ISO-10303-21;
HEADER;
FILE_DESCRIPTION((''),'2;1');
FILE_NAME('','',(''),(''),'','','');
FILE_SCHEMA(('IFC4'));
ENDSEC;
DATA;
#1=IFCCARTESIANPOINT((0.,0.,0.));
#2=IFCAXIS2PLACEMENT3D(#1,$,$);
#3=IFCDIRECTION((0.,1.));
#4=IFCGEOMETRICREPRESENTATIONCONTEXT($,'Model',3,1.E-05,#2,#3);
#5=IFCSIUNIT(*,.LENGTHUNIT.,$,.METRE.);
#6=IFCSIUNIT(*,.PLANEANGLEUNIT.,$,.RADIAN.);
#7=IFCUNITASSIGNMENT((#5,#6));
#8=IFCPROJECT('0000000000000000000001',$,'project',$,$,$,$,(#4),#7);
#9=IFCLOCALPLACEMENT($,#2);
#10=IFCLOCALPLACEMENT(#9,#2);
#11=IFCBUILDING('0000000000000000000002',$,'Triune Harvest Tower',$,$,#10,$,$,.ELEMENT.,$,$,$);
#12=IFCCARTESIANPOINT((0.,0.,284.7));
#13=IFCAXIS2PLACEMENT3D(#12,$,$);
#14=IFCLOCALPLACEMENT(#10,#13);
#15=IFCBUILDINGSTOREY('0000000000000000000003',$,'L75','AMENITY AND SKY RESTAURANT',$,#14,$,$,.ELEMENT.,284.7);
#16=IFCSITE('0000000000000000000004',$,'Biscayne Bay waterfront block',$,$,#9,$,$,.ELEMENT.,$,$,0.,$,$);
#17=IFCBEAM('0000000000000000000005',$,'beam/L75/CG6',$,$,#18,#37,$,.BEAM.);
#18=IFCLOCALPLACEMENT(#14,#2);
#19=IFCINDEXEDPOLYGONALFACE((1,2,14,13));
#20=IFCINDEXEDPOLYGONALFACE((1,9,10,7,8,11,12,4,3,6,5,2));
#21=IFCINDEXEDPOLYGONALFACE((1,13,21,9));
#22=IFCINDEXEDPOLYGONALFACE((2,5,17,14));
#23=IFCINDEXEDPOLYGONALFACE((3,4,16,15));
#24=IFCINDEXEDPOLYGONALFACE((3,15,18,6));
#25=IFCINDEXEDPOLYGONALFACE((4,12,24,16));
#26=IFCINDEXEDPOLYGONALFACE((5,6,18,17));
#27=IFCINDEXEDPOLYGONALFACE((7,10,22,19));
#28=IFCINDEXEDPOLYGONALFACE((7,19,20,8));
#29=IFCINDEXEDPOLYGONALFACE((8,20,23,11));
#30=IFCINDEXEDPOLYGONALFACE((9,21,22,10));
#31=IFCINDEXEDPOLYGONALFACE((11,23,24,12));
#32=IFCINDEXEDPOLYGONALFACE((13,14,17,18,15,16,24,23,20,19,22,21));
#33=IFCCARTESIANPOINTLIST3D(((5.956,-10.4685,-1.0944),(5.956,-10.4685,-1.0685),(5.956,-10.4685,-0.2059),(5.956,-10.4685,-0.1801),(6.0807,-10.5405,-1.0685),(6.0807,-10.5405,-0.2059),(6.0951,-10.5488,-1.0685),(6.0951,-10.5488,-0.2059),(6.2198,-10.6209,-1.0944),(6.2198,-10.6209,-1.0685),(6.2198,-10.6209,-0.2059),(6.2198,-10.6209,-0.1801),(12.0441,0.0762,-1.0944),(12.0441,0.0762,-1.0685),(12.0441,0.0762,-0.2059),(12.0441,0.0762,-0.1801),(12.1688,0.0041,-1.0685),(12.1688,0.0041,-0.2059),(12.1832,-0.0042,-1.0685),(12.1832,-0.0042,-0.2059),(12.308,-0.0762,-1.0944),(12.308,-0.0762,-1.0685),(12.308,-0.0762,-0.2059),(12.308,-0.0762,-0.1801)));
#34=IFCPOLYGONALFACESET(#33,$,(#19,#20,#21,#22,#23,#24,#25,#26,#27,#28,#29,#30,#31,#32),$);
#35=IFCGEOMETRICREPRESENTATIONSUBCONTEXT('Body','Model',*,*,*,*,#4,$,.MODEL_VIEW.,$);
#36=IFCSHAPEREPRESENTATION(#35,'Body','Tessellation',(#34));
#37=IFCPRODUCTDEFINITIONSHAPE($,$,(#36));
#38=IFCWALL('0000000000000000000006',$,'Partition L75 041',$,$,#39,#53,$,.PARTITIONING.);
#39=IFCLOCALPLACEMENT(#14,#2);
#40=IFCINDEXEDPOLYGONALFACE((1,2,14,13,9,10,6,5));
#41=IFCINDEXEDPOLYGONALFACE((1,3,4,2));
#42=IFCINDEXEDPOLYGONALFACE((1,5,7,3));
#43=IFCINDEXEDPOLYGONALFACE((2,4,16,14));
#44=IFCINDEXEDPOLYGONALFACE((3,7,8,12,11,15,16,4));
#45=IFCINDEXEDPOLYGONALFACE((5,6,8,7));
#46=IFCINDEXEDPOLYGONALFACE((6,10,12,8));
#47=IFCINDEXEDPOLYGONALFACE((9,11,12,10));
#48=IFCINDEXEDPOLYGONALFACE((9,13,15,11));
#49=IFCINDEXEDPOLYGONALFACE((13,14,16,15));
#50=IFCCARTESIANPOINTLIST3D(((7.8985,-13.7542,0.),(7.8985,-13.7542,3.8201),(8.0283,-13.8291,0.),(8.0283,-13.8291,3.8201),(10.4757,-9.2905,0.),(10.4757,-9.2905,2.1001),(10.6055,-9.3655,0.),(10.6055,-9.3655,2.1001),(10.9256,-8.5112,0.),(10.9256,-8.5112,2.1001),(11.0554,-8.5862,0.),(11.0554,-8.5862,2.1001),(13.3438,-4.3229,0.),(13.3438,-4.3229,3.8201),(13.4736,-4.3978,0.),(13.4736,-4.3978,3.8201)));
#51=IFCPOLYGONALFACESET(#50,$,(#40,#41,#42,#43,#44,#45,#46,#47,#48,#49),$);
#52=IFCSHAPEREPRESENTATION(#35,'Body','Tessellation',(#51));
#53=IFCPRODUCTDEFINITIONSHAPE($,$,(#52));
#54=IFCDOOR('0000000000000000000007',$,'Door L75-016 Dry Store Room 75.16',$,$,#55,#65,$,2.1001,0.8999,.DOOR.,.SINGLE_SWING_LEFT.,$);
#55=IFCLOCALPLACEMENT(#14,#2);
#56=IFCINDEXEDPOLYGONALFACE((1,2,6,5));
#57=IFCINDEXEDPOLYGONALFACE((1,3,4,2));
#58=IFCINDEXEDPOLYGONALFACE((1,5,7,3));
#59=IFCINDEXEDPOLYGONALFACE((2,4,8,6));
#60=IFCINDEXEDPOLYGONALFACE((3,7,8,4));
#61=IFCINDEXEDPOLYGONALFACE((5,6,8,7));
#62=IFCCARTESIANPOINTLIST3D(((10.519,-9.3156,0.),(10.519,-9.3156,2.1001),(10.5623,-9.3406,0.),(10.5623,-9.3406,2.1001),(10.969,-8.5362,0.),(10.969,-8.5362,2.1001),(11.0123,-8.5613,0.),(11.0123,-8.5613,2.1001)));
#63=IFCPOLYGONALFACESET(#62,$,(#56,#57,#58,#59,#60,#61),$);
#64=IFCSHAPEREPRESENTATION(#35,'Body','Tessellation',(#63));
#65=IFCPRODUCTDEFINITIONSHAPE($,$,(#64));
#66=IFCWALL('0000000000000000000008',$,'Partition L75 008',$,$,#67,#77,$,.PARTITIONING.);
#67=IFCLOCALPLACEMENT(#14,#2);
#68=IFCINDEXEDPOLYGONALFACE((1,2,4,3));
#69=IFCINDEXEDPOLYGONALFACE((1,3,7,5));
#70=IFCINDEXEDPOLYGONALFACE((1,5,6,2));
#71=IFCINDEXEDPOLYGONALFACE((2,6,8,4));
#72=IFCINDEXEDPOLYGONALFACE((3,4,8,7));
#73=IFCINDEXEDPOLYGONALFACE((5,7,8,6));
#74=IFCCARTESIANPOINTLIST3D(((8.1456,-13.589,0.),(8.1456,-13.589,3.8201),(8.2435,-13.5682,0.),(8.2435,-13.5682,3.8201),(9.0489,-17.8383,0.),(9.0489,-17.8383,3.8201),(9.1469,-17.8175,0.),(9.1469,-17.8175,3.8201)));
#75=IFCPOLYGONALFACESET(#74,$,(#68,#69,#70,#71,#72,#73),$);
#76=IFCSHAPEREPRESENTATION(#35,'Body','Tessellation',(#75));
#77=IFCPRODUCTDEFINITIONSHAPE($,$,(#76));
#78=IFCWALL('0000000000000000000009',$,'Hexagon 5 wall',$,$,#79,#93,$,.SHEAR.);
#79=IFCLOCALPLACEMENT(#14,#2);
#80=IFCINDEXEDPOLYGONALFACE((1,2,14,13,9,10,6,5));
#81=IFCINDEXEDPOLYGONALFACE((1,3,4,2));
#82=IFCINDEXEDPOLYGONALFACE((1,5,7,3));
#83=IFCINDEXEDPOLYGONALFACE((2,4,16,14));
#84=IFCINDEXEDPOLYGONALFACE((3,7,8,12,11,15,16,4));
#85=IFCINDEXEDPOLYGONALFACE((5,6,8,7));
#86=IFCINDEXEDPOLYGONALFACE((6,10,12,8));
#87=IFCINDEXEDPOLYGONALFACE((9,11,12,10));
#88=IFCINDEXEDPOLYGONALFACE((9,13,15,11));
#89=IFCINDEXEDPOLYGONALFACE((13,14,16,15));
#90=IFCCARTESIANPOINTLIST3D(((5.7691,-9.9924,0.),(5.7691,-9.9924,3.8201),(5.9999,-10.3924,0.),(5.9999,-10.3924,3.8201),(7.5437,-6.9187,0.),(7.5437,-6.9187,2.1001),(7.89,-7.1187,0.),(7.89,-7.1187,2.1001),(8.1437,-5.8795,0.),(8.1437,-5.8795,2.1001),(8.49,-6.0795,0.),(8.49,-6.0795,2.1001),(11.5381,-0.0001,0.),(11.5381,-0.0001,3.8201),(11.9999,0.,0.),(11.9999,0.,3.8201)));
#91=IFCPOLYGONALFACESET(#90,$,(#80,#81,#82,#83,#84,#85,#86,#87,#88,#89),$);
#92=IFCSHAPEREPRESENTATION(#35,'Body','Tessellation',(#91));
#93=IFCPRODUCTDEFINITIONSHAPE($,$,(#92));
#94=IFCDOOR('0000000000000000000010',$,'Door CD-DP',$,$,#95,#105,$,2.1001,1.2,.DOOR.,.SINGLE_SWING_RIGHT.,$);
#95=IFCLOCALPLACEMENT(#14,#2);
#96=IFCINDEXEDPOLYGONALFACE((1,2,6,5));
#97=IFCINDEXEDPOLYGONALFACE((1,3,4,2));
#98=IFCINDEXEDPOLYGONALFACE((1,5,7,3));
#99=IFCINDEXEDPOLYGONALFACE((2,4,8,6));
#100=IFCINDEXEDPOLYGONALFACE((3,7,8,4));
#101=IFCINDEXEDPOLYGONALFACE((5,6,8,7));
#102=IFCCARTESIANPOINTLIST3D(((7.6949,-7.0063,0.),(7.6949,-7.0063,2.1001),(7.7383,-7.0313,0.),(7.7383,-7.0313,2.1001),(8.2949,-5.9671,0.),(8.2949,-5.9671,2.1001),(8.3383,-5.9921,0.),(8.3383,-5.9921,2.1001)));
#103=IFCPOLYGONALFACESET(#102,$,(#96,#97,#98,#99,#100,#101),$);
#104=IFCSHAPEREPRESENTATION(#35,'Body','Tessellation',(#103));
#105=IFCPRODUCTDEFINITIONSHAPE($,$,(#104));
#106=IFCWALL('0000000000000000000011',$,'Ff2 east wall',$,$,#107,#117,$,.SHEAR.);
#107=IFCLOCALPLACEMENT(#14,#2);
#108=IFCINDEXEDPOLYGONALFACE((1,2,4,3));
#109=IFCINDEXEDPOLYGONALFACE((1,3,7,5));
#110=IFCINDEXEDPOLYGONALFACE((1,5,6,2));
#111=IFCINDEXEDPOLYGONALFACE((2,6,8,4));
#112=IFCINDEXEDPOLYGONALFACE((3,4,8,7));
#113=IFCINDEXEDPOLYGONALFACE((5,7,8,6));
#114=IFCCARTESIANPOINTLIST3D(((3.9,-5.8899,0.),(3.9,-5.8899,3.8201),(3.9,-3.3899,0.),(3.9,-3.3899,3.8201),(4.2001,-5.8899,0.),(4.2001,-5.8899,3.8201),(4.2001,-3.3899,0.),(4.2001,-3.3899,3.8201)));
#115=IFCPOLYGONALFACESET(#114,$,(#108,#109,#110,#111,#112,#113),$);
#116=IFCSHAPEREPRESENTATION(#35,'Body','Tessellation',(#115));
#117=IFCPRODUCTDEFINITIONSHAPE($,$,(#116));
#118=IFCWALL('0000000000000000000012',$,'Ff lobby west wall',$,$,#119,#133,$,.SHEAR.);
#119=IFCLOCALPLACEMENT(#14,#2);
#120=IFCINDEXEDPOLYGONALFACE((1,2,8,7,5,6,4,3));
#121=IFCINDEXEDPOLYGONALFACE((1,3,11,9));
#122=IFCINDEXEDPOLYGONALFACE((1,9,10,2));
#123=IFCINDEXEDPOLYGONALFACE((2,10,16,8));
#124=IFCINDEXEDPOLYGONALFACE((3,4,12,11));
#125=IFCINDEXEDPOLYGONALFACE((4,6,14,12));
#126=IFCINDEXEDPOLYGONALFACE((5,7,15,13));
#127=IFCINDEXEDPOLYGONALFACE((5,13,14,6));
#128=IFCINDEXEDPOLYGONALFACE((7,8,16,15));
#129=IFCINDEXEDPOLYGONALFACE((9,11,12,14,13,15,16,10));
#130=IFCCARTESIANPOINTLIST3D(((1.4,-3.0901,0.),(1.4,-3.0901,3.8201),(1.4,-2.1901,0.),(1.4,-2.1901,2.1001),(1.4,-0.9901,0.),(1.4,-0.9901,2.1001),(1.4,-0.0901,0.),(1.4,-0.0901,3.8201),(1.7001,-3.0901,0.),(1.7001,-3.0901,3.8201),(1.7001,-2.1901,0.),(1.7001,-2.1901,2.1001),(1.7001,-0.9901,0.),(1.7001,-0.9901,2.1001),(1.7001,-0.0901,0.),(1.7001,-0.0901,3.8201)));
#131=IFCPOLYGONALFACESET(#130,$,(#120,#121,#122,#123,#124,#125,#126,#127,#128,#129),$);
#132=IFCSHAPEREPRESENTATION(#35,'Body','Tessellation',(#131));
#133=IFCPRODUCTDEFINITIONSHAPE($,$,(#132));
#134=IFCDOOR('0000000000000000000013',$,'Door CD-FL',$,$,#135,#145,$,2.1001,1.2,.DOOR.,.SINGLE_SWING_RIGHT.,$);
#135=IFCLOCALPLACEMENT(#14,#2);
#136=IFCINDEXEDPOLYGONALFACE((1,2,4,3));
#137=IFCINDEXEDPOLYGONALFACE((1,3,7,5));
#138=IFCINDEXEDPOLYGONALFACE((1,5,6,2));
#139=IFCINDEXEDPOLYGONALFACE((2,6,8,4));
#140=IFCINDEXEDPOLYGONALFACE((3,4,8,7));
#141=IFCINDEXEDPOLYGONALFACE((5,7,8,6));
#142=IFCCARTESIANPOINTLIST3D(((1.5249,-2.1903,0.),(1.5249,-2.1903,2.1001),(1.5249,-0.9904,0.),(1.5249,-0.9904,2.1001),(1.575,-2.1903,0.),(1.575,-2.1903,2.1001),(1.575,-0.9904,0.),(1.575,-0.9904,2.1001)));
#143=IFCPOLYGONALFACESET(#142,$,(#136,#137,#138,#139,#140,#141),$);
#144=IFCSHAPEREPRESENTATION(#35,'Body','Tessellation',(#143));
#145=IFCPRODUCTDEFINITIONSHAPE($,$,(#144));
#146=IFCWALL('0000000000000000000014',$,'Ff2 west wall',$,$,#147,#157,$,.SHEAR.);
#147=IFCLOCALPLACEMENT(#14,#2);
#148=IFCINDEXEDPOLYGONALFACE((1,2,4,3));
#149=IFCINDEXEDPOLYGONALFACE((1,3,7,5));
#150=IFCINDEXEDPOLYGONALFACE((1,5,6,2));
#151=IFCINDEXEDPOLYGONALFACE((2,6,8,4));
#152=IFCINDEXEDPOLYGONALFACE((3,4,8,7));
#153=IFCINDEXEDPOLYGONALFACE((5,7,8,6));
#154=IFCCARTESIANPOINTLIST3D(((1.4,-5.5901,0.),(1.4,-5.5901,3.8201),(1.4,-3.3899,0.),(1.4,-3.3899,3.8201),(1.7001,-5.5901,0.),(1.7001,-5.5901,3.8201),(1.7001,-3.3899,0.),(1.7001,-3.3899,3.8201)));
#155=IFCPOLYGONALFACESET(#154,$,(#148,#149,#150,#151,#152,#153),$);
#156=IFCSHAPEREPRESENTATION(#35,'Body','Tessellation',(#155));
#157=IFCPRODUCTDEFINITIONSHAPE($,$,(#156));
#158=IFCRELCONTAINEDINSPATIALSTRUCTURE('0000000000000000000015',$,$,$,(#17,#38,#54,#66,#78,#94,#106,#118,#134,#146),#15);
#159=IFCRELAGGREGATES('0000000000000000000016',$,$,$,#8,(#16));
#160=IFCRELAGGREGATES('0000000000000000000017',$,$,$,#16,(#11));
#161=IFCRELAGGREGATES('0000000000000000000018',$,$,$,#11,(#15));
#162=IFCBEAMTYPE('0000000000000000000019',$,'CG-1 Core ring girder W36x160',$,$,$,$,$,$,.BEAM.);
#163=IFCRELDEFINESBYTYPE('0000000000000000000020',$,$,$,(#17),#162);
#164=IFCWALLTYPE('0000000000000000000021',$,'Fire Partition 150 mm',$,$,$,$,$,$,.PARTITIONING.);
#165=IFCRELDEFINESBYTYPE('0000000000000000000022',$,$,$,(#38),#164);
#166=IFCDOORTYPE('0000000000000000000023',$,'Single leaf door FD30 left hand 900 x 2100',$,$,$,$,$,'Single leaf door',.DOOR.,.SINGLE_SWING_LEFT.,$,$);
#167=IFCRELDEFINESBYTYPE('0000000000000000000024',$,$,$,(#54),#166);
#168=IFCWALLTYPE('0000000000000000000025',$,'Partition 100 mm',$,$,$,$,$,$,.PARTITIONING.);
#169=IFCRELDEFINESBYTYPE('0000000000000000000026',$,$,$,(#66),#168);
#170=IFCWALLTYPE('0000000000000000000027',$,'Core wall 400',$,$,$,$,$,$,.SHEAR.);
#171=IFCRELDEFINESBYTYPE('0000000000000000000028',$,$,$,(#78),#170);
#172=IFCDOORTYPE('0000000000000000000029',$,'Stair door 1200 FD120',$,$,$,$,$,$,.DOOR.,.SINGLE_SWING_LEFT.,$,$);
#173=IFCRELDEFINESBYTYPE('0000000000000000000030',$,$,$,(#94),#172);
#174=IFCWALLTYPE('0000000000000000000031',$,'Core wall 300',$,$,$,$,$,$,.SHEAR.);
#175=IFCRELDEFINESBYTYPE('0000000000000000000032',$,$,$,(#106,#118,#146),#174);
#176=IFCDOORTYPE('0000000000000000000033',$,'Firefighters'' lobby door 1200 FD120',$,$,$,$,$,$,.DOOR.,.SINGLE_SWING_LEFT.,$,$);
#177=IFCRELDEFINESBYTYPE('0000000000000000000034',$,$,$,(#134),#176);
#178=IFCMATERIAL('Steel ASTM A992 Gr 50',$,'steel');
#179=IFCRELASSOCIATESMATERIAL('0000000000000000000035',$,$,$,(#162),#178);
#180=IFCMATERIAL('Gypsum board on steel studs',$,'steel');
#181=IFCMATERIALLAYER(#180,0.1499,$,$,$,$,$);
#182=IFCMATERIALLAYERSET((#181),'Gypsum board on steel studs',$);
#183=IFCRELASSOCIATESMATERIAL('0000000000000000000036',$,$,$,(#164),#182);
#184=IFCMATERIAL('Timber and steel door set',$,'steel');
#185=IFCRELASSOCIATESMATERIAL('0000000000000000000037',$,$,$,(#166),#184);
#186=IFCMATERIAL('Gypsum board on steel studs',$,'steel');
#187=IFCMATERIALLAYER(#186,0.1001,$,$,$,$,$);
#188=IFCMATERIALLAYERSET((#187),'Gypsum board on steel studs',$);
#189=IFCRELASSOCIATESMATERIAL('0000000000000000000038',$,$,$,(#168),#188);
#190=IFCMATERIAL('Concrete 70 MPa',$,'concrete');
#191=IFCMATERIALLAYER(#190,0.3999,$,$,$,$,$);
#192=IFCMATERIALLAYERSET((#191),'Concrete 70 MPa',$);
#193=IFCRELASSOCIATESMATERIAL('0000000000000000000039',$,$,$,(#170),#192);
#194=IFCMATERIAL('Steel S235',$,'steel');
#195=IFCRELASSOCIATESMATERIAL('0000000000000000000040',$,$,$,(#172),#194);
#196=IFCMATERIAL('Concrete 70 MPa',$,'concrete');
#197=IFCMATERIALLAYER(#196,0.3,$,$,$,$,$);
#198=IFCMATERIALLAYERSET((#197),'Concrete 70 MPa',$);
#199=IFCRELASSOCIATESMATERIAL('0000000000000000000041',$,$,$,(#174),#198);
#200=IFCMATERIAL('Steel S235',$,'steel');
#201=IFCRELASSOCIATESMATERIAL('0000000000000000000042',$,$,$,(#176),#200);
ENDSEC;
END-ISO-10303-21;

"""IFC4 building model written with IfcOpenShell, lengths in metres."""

from ifc_helpers import new_model, si_unit, direction, frame, frame_2d, origin, origin_2d, place, context, subcontext, project, spatial, polyline, rectangle, i_section, outline, extrude, source, transform, mapped, material, layer, layer_set, material_profile, profile_set, type_object, element, fill, save


model = new_model("IFC4")

# Units and contexts
model_context = context("Model", 3, precision=1e-05, world=origin(), true_north=direction((0.0, 1.0)))
body_context = subcontext(model_context, "Body", "Model", "MODEL_VIEW")
ifc_project = project(units=[si_unit("LENGTHUNIT", "METRE"), si_unit("PLANEANGLEUNIT", "RADIAN")], contexts=[model_context])

# Site, building, storey
site_placement = place(None, origin())
site = spatial("IfcSite", under=ifc_project, at=site_placement, Name="Biscayne Bay waterfront block", CompositionType="ELEMENT", RefElevation=0.0)
building_placement = place(site_placement, origin())
building = spatial("IfcBuilding", under=site, at=building_placement, Name="Triune Harvest Tower", CompositionType="ELEMENT")
storey_placement = place(building_placement, frame((0.0, 0.0, 284.7)))
storey = spatial("IfcBuildingStorey", under=building, at=storey_placement, Name="L75", Description="AMENITY AND SKY RESTAURANT", CompositionType="ELEMENT", Elevation=284.7)

# Beam
ifc_material_1 = material(Name="Steel ASTM A992 Gr 50", Category="steel")
ifc_material_profile = material_profile(ifc_material_1, i_section(OverallWidth=0.3047, OverallDepth=0.9143, WebThickness=0.0166, FlangeThickness=0.0259, at=origin_2d()), Name="W36x160")
ifc_profile_set = profile_set([ifc_material_profile], Name="Steel ASTM A992 Gr 50")
beam_type = type_object("IfcBeamType", Name="CG-1 Core ring girder W36x160", PredefinedType="BEAM", material=ifc_profile_set)
shared_shape_1 = source(origin(), body_context, "Body", "SweptSolid", [
    extrude(i_section(OverallWidth=0.3047, OverallDepth=0.9143, WebThickness=0.0166, FlangeThickness=0.0259, at=origin_2d()), origin(), (0.0, 0.0, 1.0), 12.176),
])
beam_placement = place(storey_placement, frame((6.0879, -10.5447, -0.6372), z_axis=(0.50001, 0.86602, 0.0), x_axis=(-0.86602, 0.50001, 0.0)))
element("IfcBeam", 1, at=beam_placement, inside=storey, type_object=beam_type, Name="beam/L75/CG6", PredefinedType="BEAM", context=body_context, shape_type="MappedRepresentation", body=[
    mapped(shared_shape_1, transform((0.0, 0.0, 0.0), scale=1.0)),
])

# Wall, opening, door
ifc_material_2 = material(Name="Gypsum board on steel studs", Category="steel")
ifc_layer_1 = layer(ifc_material_2, 0.1499)
ifc_layer_set_1 = layer_set([ifc_layer_1], Name="Gypsum board on steel studs")
wall_type_1 = type_object("IfcWallType", Name="Fire Partition 150 mm", PredefinedType="PARTITIONING", material=ifc_layer_set_1)
wall_1_placement = place(storey_placement, frame((7.9634, -13.7917, 0.0), z_axis=(0.0, 0.0, 1.0), x_axis=(0.500006, 0.866022, 0.0)))
wall_1 = element("IfcWall", 2, at=wall_1_placement, inside=storey, type_object=wall_type_1, Name="Partition L75 041", PredefinedType="PARTITIONING", context=body_context, shape_type="SweptSolid", body=[
    extrude(rectangle(XDim=10.8904, YDim=0.1499, at=frame_2d((5.4453, 0.0))), origin(), (0.0, 0.0, 1.0), 3.8201),
])
opening_1_placement = place(wall_1_placement, frame((5.1543, 0.0, 0.0)))
opening_1 = element("IfcOpeningElement", 3, at=opening_1_placement, cuts=wall_1, PredefinedType="OPENING", context=body_context, shape_type="SweptSolid", body=[
    extrude(rectangle(XDim=0.8999, YDim=2.1001, at=frame_2d((0.45, 1.05))), frame((0.0, 0.085, 0.0), z_axis=(0.0, -1.0, 0.0), x_axis=(1.0, 0.0, 0.0)), (0.0, 0.0, 1.0), 0.1699),
])
ifc_material_3 = material(Name="Timber and steel door set", Category="steel")
door_type_1 = type_object("IfcDoorType", Name="Single leaf door FD30 left hand 900 x 2100", ElementType="Single leaf door", OperationType="SINGLE_SWING_LEFT", PredefinedType="DOOR", material=ifc_material_3)
door_1_placement = place(opening_1_placement, origin())
door_1 = element("IfcDoor", 4, at=door_1_placement, inside=storey, type_object=door_type_1, Name="Door L75-016 Dry Store Room 75.16", OperationType="SINGLE_SWING_LEFT", OverallHeight=2.1001, OverallWidth=0.8999, PredefinedType="DOOR", context=body_context, shape_type="SweptSolid", body=[
    extrude(rectangle(XDim=0.8999, YDim=2.1001, at=frame_2d((0.45, 1.05))), frame((0.0, 0.0249, 0.0), z_axis=(0.0, -1.0, 0.0), x_axis=(1.0, 0.0, 0.0)), (0.0, 0.0, 1.0), 0.05),
])
fill(opening_1, door_1)

# Wall
ifc_material_4 = material(Name="Gypsum board on steel studs", Category="steel")
ifc_layer_2 = layer(ifc_material_4, 0.1001)
ifc_layer_set_2 = layer_set([ifc_layer_2], Name="Gypsum board on steel studs")
wall_type_2 = type_object("IfcWallType", Name="Partition 100 mm", PredefinedType="PARTITIONING", material=ifc_layer_set_2)
wall_2_placement = place(storey_placement, frame((8.1946, -13.5786, 0.0), z_axis=(0.0, 0.0, 1.0), x_axis=(0.207936, -0.978142, 0.0)))
element("IfcWall", 5, at=wall_2_placement, inside=storey, type_object=wall_type_2, Name="Partition L75 008", PredefinedType="PARTITIONING", context=body_context, shape_type="SweptSolid", body=[
    extrude(rectangle(XDim=4.3442, YDim=0.1001, at=frame_2d((2.1721, 0.0))), origin(), (0.0, 0.0, 1.0), 3.8201),
])

# Wall, opening, door
ifc_material_5 = material(Name="Concrete 70 MPa", Category="concrete")
ifc_layer_3 = layer(ifc_material_5, 0.3999)
ifc_layer_set_3 = layer_set([ifc_layer_3], Name="Concrete 70 MPa")
wall_type_3 = type_object("IfcWallType", Name="Core wall 400", PredefinedType="SHEAR", material=ifc_layer_set_3)
shared_shape_2 = source(origin(), body_context, "Body", "SweptSolid", [
    extrude(outline(polyline([(-0.1155, -0.2), (11.8845, -0.2), (11.6536, 0.2), (0.1155, 0.2), (-0.1155, -0.2)])), origin(), (0.0, 0.0, 1.0), 3.8201),
])
wall_3_placement = place(storey_placement, frame((5.8845, -10.1924, 0.0), z_axis=(0.0, 0.0, 1.0), x_axis=(0.499997, 0.866027, 0.0)))
wall_3 = element("IfcWall", 6, at=wall_3_placement, inside=storey, type_object=wall_type_3, Name="Hexagon 5 wall", PredefinedType="SHEAR", context=body_context, shape_type="MappedRepresentation", body=[
    mapped(shared_shape_2, transform((0.0, 0.0, 0.0), scale=1.0)),
])
opening_2_placement = place(wall_3_placement, frame((3.6646, 0.0, 0.0)))
opening_2 = element("IfcOpeningElement", 7, at=opening_2_placement, cuts=wall_3, PredefinedType="OPENING", context=body_context, shape_type="SweptSolid", body=[
    extrude(rectangle(XDim=1.2, YDim=2.1001, at=frame_2d((0.6001, 1.05))), frame((0.0, 0.21, 0.0), z_axis=(0.0, -1.0, 0.0), x_axis=(1.0, 0.0, 0.0)), (0.0, 0.0, 1.0), 0.4199),
])
ifc_material_6 = material(Name="Steel S235", Category="steel")
door_type_2 = type_object("IfcDoorType", Name="Stair door 1200 FD120", OperationType="SINGLE_SWING_LEFT", PredefinedType="DOOR", material=ifc_material_6)
door_2_placement = place(opening_2_placement, frame((1.2, 0.0, 0.0), z_axis=(0.0, 0.0, 1.0), x_axis=(-1.0, 0.0, 0.0)))
door_2 = element("IfcDoor", 8, at=door_2_placement, inside=storey, type_object=door_type_2, Name="Door CD-DP", OperationType="SINGLE_SWING_RIGHT", OverallHeight=2.1001, OverallWidth=1.2, PredefinedType="DOOR", context=body_context, shape_type="SweptSolid", body=[
    extrude(rectangle(XDim=1.2, YDim=2.1001, at=frame_2d((0.6001, 1.05))), frame((0.0, 0.0249, 0.0), z_axis=(0.0, -1.0, 0.0), x_axis=(1.0, 0.0, 0.0)), (0.0, 0.0, 1.0), 0.05),
])
fill(opening_2, door_2)

# Wall
ifc_material_7 = material(Name="Concrete 70 MPa", Category="concrete")
ifc_layer_4 = layer(ifc_material_7, 0.3)
ifc_layer_set_4 = layer_set([ifc_layer_4], Name="Concrete 70 MPa")
wall_type_4 = type_object("IfcWallType", Name="Core wall 300", PredefinedType="SHEAR", material=ifc_layer_set_4)
shared_shape_3 = source(origin(), body_context, "Body", "SweptSolid", [
    extrude(rectangle(XDim=2.5, YDim=0.3, at=frame_2d((1.25, 0.0))), origin(), (0.0, 0.0, 1.0), 3.8201),
])
wall_4_placement = place(storey_placement, frame((4.05, -5.8899, 0.0), z_axis=(0.0, 0.0, 1.0), x_axis=(0.0, 1.0, 0.0)))
element("IfcWall", 9, at=wall_4_placement, inside=storey, type_object=wall_type_4, Name="Ff2 east wall", PredefinedType="SHEAR", context=body_context, shape_type="MappedRepresentation", body=[
    mapped(shared_shape_3, transform((0.0, 0.0, 0.0), scale=1.0)),
])

# Wall, opening, door
shared_shape_4 = source(origin(), body_context, "Body", "SweptSolid", [
    extrude(rectangle(XDim=3.0, YDim=0.3, at=frame_2d((1.5, 0.0))), origin(), (0.0, 0.0, 1.0), 3.8201),
])
wall_5_placement = place(storey_placement, frame((1.55, -3.0901, 0.0), z_axis=(0.0, 0.0, 1.0), x_axis=(0.0, 1.0, 0.0)))
wall_5 = element("IfcWall", 10, at=wall_5_placement, inside=storey, type_object=wall_type_4, Name="Ff lobby west wall", PredefinedType="SHEAR", context=body_context, shape_type="MappedRepresentation", body=[
    mapped(shared_shape_4, transform((0.0, 0.0, 0.0), scale=1.0)),
])
opening_3_placement = place(wall_5_placement, frame((0.8999, 0.0, 0.0)))
opening_3 = element("IfcOpeningElement", 11, at=opening_3_placement, cuts=wall_5, PredefinedType="OPENING", context=body_context, shape_type="SweptSolid", body=[
    extrude(rectangle(XDim=1.2, YDim=2.1001, at=frame_2d((0.6001, 1.05))), frame((0.0, 0.1602, 0.0), z_axis=(0.0, -1.0, 0.0), x_axis=(1.0, 0.0, 0.0)), (0.0, 0.0, 1.0), 0.3201),
])
ifc_material_8 = material(Name="Steel S235", Category="steel")
door_type_3 = type_object("IfcDoorType", Name="Firefighters' lobby door 1200 FD120", OperationType="SINGLE_SWING_LEFT", PredefinedType="DOOR", material=ifc_material_8)
door_3_placement = place(opening_3_placement, frame((1.2, 0.0, 0.0), z_axis=(0.0, 0.0, 1.0), x_axis=(-1.0, 0.0, 0.0)))
door_3 = element("IfcDoor", 12, at=door_3_placement, inside=storey, type_object=door_type_3, Name="Door CD-FL", OperationType="SINGLE_SWING_RIGHT", OverallHeight=2.1001, OverallWidth=1.2, PredefinedType="DOOR", context=body_context, shape_type="SweptSolid", body=[
    extrude(rectangle(XDim=1.2, YDim=2.1001, at=frame_2d((0.6001, 1.05))), frame((0.0, 0.0249, 0.0), z_axis=(0.0, -1.0, 0.0), x_axis=(1.0, 0.0, 0.0)), (0.0, 0.0, 1.0), 0.05),
])
fill(opening_3, door_3)

# Wall
shared_shape_5 = source(origin(), body_context, "Body", "SweptSolid", [
    extrude(rectangle(XDim=2.2002, YDim=0.3, at=frame_2d((1.1001, 0.0))), origin(), (0.0, 0.0, 1.0), 3.8201),
])
for number, where, z_axis, x_axis, name in (
    (13, (1.55, -5.5901, 0.0), (0.0, 0.0, 1.0), (0.0, 1.0, 0.0), "Ff2 west wall"),
):
    element("IfcWall", number, at=place(storey_placement, frame(where, z_axis=z_axis, x_axis=x_axis)), inside=storey, type_object=wall_type_4, Name=name, PredefinedType="SHEAR", context=body_context, shape_type="MappedRepresentation", body=[
        mapped(shared_shape_5, transform((0.0, 0.0, 0.0), scale=1.0)),
    ])

save(model, "model.ifc")
